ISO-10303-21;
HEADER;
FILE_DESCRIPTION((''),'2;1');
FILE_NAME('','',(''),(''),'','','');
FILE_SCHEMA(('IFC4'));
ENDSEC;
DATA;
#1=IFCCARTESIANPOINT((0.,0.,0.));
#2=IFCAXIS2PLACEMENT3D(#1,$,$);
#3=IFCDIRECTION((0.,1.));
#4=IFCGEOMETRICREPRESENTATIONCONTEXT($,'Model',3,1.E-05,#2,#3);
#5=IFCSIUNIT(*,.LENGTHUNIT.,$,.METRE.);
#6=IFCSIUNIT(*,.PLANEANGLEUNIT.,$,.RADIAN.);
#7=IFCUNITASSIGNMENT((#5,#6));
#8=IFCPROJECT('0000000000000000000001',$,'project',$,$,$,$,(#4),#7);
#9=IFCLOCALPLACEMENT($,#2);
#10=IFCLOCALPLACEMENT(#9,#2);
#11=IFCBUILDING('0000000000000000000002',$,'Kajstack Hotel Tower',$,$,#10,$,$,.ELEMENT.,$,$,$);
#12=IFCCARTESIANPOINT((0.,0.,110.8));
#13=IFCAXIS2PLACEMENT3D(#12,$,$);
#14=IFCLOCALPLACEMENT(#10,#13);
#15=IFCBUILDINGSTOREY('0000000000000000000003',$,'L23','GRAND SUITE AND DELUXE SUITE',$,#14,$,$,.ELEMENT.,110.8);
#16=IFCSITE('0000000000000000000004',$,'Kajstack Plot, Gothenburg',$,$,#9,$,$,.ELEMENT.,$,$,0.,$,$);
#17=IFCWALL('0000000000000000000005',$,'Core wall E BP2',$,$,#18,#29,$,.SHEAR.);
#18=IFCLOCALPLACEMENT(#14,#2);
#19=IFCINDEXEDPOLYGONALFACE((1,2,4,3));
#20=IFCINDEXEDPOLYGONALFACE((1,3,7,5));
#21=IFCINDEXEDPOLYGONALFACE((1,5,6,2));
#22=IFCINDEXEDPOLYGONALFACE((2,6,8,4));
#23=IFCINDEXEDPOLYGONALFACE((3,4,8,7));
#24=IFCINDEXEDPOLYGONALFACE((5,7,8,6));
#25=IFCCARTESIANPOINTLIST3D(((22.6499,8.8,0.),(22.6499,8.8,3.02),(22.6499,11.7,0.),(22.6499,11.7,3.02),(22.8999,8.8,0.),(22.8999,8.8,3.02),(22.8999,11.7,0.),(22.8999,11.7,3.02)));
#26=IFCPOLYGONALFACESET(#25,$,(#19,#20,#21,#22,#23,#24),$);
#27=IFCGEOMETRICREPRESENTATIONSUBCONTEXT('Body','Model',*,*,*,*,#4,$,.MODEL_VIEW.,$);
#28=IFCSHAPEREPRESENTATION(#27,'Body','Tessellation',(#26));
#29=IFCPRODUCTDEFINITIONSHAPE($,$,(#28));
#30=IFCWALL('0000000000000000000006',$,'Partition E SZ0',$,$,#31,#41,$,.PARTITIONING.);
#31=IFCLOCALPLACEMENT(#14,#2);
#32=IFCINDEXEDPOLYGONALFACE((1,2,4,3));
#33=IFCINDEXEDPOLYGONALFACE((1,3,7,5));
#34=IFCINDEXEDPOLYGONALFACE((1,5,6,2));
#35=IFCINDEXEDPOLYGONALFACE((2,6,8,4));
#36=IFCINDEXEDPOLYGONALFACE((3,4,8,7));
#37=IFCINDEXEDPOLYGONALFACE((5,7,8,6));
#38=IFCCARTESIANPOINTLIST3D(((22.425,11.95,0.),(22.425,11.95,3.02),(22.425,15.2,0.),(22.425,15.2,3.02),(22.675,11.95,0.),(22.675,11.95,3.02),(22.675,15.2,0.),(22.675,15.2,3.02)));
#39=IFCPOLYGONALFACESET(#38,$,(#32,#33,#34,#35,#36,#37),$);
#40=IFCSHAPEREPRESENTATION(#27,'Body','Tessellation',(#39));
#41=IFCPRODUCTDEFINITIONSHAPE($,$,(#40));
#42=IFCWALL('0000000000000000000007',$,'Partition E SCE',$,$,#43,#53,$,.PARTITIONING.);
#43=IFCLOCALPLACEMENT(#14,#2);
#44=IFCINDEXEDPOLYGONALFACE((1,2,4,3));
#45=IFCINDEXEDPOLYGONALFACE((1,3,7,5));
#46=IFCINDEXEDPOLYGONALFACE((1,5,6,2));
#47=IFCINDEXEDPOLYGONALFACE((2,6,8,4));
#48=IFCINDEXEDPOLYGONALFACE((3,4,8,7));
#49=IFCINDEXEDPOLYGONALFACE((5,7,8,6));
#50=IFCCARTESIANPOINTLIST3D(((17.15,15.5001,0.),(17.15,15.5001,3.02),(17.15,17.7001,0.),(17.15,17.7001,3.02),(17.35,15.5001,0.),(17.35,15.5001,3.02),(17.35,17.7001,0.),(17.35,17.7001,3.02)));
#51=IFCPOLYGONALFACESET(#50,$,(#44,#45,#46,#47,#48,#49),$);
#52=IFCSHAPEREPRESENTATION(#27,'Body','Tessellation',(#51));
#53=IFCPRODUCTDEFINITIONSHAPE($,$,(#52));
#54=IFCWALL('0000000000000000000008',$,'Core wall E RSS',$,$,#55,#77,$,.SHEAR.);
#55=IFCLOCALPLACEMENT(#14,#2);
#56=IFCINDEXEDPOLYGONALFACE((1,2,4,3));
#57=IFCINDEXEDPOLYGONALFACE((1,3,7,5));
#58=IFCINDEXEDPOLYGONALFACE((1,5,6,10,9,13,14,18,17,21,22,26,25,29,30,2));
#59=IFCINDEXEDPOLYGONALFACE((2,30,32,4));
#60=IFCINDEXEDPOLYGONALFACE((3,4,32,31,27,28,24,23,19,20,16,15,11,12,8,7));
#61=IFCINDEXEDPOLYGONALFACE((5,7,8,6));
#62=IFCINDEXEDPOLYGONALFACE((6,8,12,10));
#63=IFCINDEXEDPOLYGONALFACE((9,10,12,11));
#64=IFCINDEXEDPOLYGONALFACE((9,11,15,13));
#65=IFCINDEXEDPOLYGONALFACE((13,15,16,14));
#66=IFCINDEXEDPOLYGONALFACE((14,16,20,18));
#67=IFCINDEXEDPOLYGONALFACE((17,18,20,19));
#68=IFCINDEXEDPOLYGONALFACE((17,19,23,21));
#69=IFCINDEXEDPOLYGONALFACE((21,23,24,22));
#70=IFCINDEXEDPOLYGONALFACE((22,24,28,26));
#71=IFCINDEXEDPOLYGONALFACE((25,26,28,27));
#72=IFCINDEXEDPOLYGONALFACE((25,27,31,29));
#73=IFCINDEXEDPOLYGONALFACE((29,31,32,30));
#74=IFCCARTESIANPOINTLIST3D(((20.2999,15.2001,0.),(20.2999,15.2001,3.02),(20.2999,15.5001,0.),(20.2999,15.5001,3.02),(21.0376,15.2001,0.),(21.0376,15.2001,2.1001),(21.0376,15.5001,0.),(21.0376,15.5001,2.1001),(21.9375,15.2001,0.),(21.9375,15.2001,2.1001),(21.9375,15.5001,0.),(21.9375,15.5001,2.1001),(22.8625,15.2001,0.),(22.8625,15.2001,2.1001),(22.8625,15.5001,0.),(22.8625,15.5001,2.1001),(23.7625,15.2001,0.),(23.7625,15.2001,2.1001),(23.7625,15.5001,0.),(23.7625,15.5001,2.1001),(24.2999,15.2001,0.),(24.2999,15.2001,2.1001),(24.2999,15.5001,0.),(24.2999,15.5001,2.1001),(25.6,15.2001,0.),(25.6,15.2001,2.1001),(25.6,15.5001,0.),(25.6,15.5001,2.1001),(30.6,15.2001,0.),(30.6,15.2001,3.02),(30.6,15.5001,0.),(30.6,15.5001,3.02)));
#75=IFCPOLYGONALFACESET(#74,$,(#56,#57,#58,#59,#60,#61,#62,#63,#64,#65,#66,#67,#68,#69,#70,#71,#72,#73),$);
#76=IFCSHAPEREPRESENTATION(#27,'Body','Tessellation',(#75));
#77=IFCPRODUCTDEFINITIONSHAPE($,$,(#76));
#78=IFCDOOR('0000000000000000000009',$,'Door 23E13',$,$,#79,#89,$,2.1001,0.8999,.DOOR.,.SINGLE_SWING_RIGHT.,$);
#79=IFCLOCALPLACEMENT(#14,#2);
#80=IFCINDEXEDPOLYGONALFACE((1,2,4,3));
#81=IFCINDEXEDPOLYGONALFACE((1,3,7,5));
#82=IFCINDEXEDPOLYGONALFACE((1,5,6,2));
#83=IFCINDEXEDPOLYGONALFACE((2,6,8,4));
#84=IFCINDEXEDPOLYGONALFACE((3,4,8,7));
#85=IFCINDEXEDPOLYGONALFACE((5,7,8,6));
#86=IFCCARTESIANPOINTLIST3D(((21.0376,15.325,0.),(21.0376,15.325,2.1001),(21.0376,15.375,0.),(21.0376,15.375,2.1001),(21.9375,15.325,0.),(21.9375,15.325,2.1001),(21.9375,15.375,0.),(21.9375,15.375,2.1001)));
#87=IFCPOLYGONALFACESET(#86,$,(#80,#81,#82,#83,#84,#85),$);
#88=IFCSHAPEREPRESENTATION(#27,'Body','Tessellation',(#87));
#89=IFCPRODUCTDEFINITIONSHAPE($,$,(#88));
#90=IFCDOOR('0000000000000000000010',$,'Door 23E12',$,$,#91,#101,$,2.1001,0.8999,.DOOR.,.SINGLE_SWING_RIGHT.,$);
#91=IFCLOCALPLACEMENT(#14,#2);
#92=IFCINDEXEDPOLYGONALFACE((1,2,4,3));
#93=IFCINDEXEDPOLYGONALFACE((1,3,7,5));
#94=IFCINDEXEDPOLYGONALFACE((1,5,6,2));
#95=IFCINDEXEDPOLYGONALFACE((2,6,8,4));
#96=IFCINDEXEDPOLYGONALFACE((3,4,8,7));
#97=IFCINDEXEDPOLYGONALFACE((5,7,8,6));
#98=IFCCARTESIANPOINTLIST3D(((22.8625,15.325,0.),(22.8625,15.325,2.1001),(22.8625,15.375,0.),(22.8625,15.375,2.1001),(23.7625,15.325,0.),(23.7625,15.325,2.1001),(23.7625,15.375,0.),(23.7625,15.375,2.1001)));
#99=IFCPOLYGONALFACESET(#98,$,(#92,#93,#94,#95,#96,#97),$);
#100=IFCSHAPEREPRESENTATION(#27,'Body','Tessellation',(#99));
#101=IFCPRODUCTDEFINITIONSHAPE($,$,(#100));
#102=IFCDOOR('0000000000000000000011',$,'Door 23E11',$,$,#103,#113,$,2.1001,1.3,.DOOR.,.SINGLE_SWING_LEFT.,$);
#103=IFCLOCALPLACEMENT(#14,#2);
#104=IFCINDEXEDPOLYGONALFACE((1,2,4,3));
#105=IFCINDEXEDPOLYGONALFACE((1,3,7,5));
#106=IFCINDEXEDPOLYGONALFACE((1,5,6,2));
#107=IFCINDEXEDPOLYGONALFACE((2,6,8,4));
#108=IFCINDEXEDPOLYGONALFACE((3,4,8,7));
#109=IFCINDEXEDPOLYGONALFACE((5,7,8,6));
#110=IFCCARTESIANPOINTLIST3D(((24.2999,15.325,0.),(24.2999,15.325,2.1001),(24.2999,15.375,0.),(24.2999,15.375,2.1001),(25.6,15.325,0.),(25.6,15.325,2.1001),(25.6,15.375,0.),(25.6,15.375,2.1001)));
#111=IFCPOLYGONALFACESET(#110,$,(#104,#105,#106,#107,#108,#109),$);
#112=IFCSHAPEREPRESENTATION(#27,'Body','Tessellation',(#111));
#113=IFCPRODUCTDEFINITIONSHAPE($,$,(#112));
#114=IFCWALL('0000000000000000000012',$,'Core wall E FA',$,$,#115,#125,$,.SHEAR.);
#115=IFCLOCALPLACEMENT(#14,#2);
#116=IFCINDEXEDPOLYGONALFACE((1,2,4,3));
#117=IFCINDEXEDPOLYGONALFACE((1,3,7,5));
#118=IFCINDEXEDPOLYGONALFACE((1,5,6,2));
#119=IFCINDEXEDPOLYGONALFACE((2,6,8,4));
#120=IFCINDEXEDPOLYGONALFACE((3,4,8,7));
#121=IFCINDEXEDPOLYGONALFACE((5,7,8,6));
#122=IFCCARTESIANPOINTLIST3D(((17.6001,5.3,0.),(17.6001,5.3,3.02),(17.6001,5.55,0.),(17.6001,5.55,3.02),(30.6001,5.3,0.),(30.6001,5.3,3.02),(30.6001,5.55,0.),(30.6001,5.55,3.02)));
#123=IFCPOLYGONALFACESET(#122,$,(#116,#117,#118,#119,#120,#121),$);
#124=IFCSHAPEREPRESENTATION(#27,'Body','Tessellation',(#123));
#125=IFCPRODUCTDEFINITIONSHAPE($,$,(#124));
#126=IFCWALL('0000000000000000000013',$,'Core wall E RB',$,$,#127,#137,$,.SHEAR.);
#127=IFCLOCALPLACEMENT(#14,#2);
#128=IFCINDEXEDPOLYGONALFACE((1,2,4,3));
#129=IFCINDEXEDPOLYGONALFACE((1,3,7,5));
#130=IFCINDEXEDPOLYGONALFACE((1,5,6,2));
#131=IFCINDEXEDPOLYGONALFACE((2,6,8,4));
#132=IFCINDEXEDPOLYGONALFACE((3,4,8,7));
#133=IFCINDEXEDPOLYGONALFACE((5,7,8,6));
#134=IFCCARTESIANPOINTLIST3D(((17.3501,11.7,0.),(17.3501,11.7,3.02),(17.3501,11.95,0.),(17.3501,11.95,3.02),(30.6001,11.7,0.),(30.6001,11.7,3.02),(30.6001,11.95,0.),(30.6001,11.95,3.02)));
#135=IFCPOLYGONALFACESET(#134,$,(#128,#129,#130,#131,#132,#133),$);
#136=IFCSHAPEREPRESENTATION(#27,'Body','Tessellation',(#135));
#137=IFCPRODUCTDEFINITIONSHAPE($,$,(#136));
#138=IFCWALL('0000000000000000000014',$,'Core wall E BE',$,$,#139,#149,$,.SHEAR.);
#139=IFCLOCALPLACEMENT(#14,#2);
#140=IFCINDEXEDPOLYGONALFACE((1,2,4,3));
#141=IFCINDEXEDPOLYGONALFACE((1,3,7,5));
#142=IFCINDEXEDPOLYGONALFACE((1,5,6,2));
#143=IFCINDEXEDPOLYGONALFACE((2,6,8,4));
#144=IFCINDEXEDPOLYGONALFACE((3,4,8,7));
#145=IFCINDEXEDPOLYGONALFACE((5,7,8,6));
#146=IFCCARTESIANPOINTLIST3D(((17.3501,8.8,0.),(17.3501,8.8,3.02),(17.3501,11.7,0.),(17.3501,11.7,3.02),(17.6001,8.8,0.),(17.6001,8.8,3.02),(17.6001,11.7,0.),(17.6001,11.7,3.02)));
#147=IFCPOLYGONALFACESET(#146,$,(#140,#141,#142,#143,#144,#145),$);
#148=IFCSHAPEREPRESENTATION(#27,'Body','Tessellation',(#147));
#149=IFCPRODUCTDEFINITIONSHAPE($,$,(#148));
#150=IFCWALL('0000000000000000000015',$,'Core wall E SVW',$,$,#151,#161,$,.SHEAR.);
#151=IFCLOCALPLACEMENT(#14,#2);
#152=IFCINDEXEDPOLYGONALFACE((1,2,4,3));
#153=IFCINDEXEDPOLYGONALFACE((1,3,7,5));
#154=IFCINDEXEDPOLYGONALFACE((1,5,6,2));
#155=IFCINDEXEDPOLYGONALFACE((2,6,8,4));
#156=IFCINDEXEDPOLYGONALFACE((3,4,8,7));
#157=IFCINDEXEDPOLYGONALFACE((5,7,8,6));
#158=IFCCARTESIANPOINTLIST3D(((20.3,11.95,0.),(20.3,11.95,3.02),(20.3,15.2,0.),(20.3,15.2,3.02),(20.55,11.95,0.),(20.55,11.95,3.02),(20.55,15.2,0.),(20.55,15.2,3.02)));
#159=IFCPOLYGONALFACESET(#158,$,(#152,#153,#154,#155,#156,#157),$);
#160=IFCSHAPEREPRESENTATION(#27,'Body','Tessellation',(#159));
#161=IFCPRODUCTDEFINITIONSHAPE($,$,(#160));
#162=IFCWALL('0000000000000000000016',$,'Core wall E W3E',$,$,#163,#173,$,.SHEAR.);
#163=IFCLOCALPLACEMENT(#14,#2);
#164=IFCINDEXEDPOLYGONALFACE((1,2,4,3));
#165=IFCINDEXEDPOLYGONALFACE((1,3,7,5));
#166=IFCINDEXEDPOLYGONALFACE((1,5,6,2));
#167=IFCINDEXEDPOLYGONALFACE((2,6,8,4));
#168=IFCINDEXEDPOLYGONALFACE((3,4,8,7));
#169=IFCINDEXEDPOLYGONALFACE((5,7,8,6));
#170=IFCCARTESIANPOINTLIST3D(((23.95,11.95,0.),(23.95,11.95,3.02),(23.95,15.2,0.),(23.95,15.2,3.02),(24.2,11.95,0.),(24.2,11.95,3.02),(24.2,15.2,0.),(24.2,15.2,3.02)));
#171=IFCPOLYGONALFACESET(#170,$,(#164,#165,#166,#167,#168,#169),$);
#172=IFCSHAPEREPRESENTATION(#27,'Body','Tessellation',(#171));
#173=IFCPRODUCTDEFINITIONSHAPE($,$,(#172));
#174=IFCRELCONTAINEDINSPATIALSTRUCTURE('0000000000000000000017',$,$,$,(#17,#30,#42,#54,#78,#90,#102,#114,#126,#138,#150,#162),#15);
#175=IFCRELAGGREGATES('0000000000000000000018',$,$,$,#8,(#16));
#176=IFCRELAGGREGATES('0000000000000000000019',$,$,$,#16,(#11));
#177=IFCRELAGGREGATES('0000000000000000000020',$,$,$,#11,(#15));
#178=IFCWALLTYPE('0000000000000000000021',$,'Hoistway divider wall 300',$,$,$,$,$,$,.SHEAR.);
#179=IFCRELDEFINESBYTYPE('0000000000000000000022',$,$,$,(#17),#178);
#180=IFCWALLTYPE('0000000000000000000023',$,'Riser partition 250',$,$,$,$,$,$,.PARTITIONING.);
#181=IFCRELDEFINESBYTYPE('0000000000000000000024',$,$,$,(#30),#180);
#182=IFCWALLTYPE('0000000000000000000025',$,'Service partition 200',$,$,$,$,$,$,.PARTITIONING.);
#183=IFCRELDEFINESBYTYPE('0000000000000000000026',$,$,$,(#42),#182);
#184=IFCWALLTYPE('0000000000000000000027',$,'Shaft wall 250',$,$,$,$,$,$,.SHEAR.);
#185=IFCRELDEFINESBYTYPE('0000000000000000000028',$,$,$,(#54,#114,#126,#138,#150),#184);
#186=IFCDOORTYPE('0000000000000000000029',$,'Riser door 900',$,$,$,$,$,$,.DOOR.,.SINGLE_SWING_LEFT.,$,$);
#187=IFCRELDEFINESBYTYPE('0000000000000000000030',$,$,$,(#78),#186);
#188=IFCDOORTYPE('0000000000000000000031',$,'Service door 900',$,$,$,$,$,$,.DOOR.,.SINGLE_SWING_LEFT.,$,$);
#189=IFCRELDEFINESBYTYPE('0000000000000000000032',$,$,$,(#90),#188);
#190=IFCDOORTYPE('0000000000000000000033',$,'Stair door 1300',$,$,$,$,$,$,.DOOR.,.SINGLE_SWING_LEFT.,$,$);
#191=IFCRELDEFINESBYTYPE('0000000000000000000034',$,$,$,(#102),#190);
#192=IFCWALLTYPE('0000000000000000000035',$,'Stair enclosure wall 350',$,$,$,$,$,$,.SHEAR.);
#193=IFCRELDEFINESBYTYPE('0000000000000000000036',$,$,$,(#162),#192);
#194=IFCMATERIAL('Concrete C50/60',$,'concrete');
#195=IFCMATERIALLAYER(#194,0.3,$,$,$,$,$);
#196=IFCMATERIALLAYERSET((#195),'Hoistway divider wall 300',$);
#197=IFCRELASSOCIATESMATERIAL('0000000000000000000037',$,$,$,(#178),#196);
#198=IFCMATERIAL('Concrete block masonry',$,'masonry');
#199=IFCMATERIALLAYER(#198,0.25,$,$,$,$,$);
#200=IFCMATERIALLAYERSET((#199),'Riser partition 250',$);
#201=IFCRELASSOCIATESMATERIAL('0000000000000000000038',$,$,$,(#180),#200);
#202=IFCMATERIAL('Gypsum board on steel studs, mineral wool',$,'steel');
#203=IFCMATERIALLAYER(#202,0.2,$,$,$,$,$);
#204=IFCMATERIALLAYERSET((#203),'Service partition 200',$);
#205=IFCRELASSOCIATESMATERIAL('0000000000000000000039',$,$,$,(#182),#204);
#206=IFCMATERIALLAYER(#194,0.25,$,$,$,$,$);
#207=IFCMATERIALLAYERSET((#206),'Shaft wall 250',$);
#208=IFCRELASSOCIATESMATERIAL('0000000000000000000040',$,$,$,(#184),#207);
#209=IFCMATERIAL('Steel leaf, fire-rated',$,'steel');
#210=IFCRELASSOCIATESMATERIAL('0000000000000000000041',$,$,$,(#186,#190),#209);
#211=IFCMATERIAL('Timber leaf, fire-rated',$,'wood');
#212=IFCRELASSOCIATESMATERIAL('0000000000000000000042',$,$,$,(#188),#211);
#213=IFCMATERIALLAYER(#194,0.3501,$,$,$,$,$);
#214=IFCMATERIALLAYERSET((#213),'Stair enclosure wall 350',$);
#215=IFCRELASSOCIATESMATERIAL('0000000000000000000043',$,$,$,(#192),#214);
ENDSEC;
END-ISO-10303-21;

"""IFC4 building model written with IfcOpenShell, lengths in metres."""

from ifc_helpers import new_model, si_unit, direction, frame, frame_2d, origin, place, context, subcontext, project, spatial, rectangle, extrude, material, layer, layer_set, type_object, element, fill, save


model = new_model("IFC4")

# Units and contexts
model_context = context("Model", 3, precision=1e-05, world=origin(), true_north=direction((0.0, 1.0)))
body_context = subcontext(model_context, "Body", "Model", "MODEL_VIEW")
ifc_project = project(units=[si_unit("LENGTHUNIT", "METRE"), si_unit("PLANEANGLEUNIT", "RADIAN")], contexts=[model_context])

# Site, building, storey
site_placement = place(None, origin())
site = spatial("IfcSite", under=ifc_project, at=site_placement, Name="Kajstack Plot, Gothenburg", CompositionType="ELEMENT", RefElevation=0.0)
building_placement = place(site_placement, origin())
building = spatial("IfcBuilding", under=site, at=building_placement, Name="Kajstack Hotel Tower", CompositionType="ELEMENT")
storey_placement = place(building_placement, frame((0.0, 0.0, 110.8)))
storey = spatial("IfcBuildingStorey", under=building, at=storey_placement, Name="L23", Description="GRAND SUITE AND DELUXE SUITE", CompositionType="ELEMENT", Elevation=110.8)

# Walls
ifc_material_1 = material(Name="Concrete C50/60", Category="concrete")
ifc_layer_1 = layer(ifc_material_1, 0.3)
ifc_layer_set_1 = layer_set([ifc_layer_1], Name="Hoistway divider wall 300")
wall_type_1 = type_object("IfcWallType", Name="Hoistway divider wall 300", PredefinedType="SHEAR", material=ifc_layer_set_1)
wall_1_placement = place(storey_placement, frame((22.7749, 8.8, 0.0), z_axis=(0.0, 0.0, 1.0), x_axis=(0.0, 1.0, 0.0)))
element("IfcWall", 1, at=wall_1_placement, inside=storey, type_object=wall_type_1, Name="Core wall E BP2", PredefinedType="SHEAR", context=body_context, shape_type="SweptSolid", body=[
    extrude(rectangle(XDim=2.8999, YDim=0.25, at=frame_2d((1.45, 0.0))), origin(), (0.0, 0.0, 1.0), 3.02),
])
ifc_material_2 = material(Name="Concrete block masonry", Category="masonry")
ifc_layer_2 = layer(ifc_material_2, 0.25)
ifc_layer_set_2 = layer_set([ifc_layer_2], Name="Riser partition 250")
wall_type_2 = type_object("IfcWallType", Name="Riser partition 250", PredefinedType="PARTITIONING", material=ifc_layer_set_2)
wall_2_placement = place(storey_placement, frame((22.55, 11.95, 0.0), z_axis=(0.0, 0.0, 1.0), x_axis=(0.0, 1.0, 0.0)))
element("IfcWall", 2, at=wall_2_placement, inside=storey, type_object=wall_type_2, Name="Partition E SZ0", PredefinedType="PARTITIONING", context=body_context, shape_type="SweptSolid", body=[
    extrude(rectangle(XDim=3.25, YDim=0.25, at=frame_2d((1.625, 0.0))), origin(), (0.0, 0.0, 1.0), 3.02),
])
ifc_material_3 = material(Name="Gypsum board on steel studs, mineral wool", Category="steel")
ifc_layer_3 = layer(ifc_material_3, 0.2)
ifc_layer_set_3 = layer_set([ifc_layer_3], Name="Service partition 200")
wall_type_3 = type_object("IfcWallType", Name="Service partition 200", PredefinedType="PARTITIONING", material=ifc_layer_set_3)
wall_3_placement = place(storey_placement, frame((17.25, 15.5, 0.0), z_axis=(0.0, 0.0, 1.0), x_axis=(0.0, 1.0, 0.0)))
element("IfcWall", 3, at=wall_3_placement, inside=storey, type_object=wall_type_3, Name="Partition E SCE", PredefinedType="PARTITIONING", context=body_context, shape_type="SweptSolid", body=[
    extrude(rectangle(XDim=2.2, YDim=0.2, at=frame_2d((1.1001, 0.0))), origin(), (0.0, 0.0, 1.0), 3.02),
])

# Wall, openings, doors
ifc_layer_4 = layer(ifc_material_1, 0.25)
ifc_layer_set_4 = layer_set([ifc_layer_4], Name="Shaft wall 250")
wall_type_4 = type_object("IfcWallType", Name="Shaft wall 250", PredefinedType="SHEAR", material=ifc_layer_set_4)
wall_4_placement = place(storey_placement, frame((20.3, 15.3501, 0.0), z_axis=(0.0, 0.0, 1.0), x_axis=(1.0, 0.0, 0.0)))
wall_4 = element("IfcWall", 4, at=wall_4_placement, inside=storey, type_object=wall_type_4, Name="Core wall E RSS", PredefinedType="SHEAR", context=body_context, shape_type="SweptSolid", body=[
    extrude(rectangle(XDim=10.3, YDim=0.3, at=frame_2d((5.1499, 0.0))), origin(), (0.0, 0.0, 1.0), 3.02),
])
opening_1_placement = place(wall_4_placement, frame((4.0, 0.0, 0.0)))
opening_1 = element("IfcOpeningElement", 5, at=opening_1_placement, cuts=wall_4, PredefinedType="OPENING", context=body_context, shape_type="SweptSolid", body=[
    extrude(rectangle(XDim=1.3, YDim=2.1001, at=frame_2d((0.6499, 1.05))), frame((0.0, 0.1599, 0.0), z_axis=(0.0, -1.0, 0.0), x_axis=(1.0, 0.0, 0.0)), (0.0, 0.0, 1.0), 0.3201),
])
opening_2_placement = place(wall_4_placement, frame((2.5625, 0.0, 0.0)))
opening_2 = element("IfcOpeningElement", 6, at=opening_2_placement, cuts=wall_4, PredefinedType="OPENING", context=body_context, shape_type="SweptSolid", body=[
    extrude(rectangle(XDim=0.8999, YDim=2.1001, at=frame_2d((0.45, 1.05))), frame((0.0, 0.1599, 0.0), z_axis=(0.0, -1.0, 0.0), x_axis=(1.0, 0.0, 0.0)), (0.0, 0.0, 1.0), 0.3201),
])
opening_3_placement = place(wall_4_placement, frame((0.7375, 0.0, 0.0)))
opening_3 = element("IfcOpeningElement", 7, at=opening_3_placement, cuts=wall_4, PredefinedType="OPENING", context=body_context, shape_type="SweptSolid", body=[
    extrude(rectangle(XDim=0.8999, YDim=2.1001, at=frame_2d((0.45, 1.05))), frame((0.0, 0.1599, 0.0), z_axis=(0.0, -1.0, 0.0), x_axis=(1.0, 0.0, 0.0)), (0.0, 0.0, 1.0), 0.3201),
])
ifc_material_4 = material(Name="Steel leaf, fire-rated", Category="steel")
door_type_1 = type_object("IfcDoorType", Name="Riser door 900", OperationType="SINGLE_SWING_LEFT", PredefinedType="DOOR", material=ifc_material_4)
door_1_placement = place(opening_3_placement, origin())
door_1 = element("IfcDoor", 8, at=door_1_placement, inside=storey, type_object=door_type_1, Name="Door 23E13", OperationType="SINGLE_SWING_RIGHT", OverallHeight=2.1001, OverallWidth=0.8999, PredefinedType="DOOR", context=body_context, shape_type="SweptSolid", body=[
    extrude(rectangle(XDim=0.8999, YDim=2.1001, at=frame_2d((0.45, 1.05))), frame((0.0, 0.0249, 0.0), z_axis=(0.0, -1.0, 0.0), x_axis=(1.0, 0.0, 0.0)), (0.0, 0.0, 1.0), 0.05),
])
fill(opening_3, door_1)
ifc_material_5 = material(Name="Timber leaf, fire-rated", Category="wood")
door_type_2 = type_object("IfcDoorType", Name="Service door 900", OperationType="SINGLE_SWING_LEFT", PredefinedType="DOOR", material=ifc_material_5)
door_2_placement = place(opening_2_placement, origin())
door_2 = element("IfcDoor", 9, at=door_2_placement, inside=storey, type_object=door_type_2, Name="Door 23E12", OperationType="SINGLE_SWING_RIGHT", OverallHeight=2.1001, OverallWidth=0.8999, PredefinedType="DOOR", context=body_context, shape_type="SweptSolid", body=[
    extrude(rectangle(XDim=0.8999, YDim=2.1001, at=frame_2d((0.45, 1.05))), frame((0.0, 0.0249, 0.0), z_axis=(0.0, -1.0, 0.0), x_axis=(1.0, 0.0, 0.0)), (0.0, 0.0, 1.0), 0.05),
])
fill(opening_2, door_2)
door_type_3 = type_object("IfcDoorType", Name="Stair door 1300", OperationType="SINGLE_SWING_LEFT", PredefinedType="DOOR", material=ifc_material_4)
door_3_placement = place(opening_1_placement, origin())
door_3 = element("IfcDoor", 10, at=door_3_placement, inside=storey, type_object=door_type_3, Name="Door 23E11", OperationType="SINGLE_SWING_LEFT", OverallHeight=2.1001, OverallWidth=1.3, PredefinedType="DOOR", context=body_context, shape_type="SweptSolid", body=[
    extrude(rectangle(XDim=1.3, YDim=2.1001, at=frame_2d((0.6499, 1.05))), frame((0.0, 0.0249, 0.0), z_axis=(0.0, -1.0, 0.0), x_axis=(1.0, 0.0, 0.0)), (0.0, 0.0, 1.0), 0.05),
])
fill(opening_1, door_3)

# Walls
wall_5_placement = place(storey_placement, frame((17.6001, 5.425, 0.0), z_axis=(0.0, 0.0, 1.0), x_axis=(1.0, 0.0, 0.0)))
element("IfcWall", 11, at=wall_5_placement, inside=storey, type_object=wall_type_4, Name="Core wall E FA", PredefinedType="SHEAR", context=body_context, shape_type="SweptSolid", body=[
    extrude(rectangle(XDim=13.0, YDim=0.25, at=frame_2d((6.5, 0.0))), origin(), (0.0, 0.0, 1.0), 3.02),
])
wall_6_placement = place(storey_placement, frame((17.3501, 11.825, 0.0), z_axis=(0.0, 0.0, 1.0), x_axis=(1.0, 0.0, 0.0)))
element("IfcWall", 12, at=wall_6_placement, inside=storey, type_object=wall_type_4, Name="Core wall E RB", PredefinedType="SHEAR", context=body_context, shape_type="SweptSolid", body=[
    extrude(rectangle(XDim=13.25, YDim=0.25, at=frame_2d((6.625, 0.0))), origin(), (0.0, 0.0, 1.0), 3.02),
])
wall_7_placement = place(storey_placement, frame((17.4751, 8.8, 0.0), z_axis=(0.0, 0.0, 1.0), x_axis=(0.0, 1.0, 0.0)))
element("IfcWall", 13, at=wall_7_placement, inside=storey, type_object=wall_type_4, Name="Core wall E BE", PredefinedType="SHEAR", context=body_context, shape_type="SweptSolid", body=[
    extrude(rectangle(XDim=2.8999, YDim=0.25, at=frame_2d((1.45, 0.0))), origin(), (0.0, 0.0, 1.0), 3.02),
])
wall_8_placement = place(storey_placement, frame((20.425, 11.95, 0.0), z_axis=(0.0, 0.0, 1.0), x_axis=(0.0, 1.0, 0.0)))
element("IfcWall", 14, at=wall_8_placement, inside=storey, type_object=wall_type_4, Name="Core wall E SVW", PredefinedType="SHEAR", context=body_context, shape_type="SweptSolid", body=[
    extrude(rectangle(XDim=3.25, YDim=0.25, at=frame_2d((1.625, 0.0))), origin(), (0.0, 0.0, 1.0), 3.02),
])
ifc_layer_5 = layer(ifc_material_1, 0.3501)
ifc_layer_set_5 = layer_set([ifc_layer_5], Name="Stair enclosure wall 350")
wall_type_5 = type_object("IfcWallType", Name="Stair enclosure wall 350", PredefinedType="SHEAR", material=ifc_layer_set_5)
wall_9_placement = place(storey_placement, frame((24.075, 11.95, 0.0), z_axis=(0.0, 0.0, 1.0), x_axis=(0.0, 1.0, 0.0)))
element("IfcWall", 15, at=wall_9_placement, inside=storey, type_object=wall_type_5, Name="Core wall E W3E", PredefinedType="SHEAR", context=body_context, shape_type="SweptSolid", body=[
    extrude(rectangle(XDim=3.25, YDim=0.25, at=frame_2d((1.625, 0.0))), origin(), (0.0, 0.0, 1.0), 3.02),
])

save(model, "model.ifc")
